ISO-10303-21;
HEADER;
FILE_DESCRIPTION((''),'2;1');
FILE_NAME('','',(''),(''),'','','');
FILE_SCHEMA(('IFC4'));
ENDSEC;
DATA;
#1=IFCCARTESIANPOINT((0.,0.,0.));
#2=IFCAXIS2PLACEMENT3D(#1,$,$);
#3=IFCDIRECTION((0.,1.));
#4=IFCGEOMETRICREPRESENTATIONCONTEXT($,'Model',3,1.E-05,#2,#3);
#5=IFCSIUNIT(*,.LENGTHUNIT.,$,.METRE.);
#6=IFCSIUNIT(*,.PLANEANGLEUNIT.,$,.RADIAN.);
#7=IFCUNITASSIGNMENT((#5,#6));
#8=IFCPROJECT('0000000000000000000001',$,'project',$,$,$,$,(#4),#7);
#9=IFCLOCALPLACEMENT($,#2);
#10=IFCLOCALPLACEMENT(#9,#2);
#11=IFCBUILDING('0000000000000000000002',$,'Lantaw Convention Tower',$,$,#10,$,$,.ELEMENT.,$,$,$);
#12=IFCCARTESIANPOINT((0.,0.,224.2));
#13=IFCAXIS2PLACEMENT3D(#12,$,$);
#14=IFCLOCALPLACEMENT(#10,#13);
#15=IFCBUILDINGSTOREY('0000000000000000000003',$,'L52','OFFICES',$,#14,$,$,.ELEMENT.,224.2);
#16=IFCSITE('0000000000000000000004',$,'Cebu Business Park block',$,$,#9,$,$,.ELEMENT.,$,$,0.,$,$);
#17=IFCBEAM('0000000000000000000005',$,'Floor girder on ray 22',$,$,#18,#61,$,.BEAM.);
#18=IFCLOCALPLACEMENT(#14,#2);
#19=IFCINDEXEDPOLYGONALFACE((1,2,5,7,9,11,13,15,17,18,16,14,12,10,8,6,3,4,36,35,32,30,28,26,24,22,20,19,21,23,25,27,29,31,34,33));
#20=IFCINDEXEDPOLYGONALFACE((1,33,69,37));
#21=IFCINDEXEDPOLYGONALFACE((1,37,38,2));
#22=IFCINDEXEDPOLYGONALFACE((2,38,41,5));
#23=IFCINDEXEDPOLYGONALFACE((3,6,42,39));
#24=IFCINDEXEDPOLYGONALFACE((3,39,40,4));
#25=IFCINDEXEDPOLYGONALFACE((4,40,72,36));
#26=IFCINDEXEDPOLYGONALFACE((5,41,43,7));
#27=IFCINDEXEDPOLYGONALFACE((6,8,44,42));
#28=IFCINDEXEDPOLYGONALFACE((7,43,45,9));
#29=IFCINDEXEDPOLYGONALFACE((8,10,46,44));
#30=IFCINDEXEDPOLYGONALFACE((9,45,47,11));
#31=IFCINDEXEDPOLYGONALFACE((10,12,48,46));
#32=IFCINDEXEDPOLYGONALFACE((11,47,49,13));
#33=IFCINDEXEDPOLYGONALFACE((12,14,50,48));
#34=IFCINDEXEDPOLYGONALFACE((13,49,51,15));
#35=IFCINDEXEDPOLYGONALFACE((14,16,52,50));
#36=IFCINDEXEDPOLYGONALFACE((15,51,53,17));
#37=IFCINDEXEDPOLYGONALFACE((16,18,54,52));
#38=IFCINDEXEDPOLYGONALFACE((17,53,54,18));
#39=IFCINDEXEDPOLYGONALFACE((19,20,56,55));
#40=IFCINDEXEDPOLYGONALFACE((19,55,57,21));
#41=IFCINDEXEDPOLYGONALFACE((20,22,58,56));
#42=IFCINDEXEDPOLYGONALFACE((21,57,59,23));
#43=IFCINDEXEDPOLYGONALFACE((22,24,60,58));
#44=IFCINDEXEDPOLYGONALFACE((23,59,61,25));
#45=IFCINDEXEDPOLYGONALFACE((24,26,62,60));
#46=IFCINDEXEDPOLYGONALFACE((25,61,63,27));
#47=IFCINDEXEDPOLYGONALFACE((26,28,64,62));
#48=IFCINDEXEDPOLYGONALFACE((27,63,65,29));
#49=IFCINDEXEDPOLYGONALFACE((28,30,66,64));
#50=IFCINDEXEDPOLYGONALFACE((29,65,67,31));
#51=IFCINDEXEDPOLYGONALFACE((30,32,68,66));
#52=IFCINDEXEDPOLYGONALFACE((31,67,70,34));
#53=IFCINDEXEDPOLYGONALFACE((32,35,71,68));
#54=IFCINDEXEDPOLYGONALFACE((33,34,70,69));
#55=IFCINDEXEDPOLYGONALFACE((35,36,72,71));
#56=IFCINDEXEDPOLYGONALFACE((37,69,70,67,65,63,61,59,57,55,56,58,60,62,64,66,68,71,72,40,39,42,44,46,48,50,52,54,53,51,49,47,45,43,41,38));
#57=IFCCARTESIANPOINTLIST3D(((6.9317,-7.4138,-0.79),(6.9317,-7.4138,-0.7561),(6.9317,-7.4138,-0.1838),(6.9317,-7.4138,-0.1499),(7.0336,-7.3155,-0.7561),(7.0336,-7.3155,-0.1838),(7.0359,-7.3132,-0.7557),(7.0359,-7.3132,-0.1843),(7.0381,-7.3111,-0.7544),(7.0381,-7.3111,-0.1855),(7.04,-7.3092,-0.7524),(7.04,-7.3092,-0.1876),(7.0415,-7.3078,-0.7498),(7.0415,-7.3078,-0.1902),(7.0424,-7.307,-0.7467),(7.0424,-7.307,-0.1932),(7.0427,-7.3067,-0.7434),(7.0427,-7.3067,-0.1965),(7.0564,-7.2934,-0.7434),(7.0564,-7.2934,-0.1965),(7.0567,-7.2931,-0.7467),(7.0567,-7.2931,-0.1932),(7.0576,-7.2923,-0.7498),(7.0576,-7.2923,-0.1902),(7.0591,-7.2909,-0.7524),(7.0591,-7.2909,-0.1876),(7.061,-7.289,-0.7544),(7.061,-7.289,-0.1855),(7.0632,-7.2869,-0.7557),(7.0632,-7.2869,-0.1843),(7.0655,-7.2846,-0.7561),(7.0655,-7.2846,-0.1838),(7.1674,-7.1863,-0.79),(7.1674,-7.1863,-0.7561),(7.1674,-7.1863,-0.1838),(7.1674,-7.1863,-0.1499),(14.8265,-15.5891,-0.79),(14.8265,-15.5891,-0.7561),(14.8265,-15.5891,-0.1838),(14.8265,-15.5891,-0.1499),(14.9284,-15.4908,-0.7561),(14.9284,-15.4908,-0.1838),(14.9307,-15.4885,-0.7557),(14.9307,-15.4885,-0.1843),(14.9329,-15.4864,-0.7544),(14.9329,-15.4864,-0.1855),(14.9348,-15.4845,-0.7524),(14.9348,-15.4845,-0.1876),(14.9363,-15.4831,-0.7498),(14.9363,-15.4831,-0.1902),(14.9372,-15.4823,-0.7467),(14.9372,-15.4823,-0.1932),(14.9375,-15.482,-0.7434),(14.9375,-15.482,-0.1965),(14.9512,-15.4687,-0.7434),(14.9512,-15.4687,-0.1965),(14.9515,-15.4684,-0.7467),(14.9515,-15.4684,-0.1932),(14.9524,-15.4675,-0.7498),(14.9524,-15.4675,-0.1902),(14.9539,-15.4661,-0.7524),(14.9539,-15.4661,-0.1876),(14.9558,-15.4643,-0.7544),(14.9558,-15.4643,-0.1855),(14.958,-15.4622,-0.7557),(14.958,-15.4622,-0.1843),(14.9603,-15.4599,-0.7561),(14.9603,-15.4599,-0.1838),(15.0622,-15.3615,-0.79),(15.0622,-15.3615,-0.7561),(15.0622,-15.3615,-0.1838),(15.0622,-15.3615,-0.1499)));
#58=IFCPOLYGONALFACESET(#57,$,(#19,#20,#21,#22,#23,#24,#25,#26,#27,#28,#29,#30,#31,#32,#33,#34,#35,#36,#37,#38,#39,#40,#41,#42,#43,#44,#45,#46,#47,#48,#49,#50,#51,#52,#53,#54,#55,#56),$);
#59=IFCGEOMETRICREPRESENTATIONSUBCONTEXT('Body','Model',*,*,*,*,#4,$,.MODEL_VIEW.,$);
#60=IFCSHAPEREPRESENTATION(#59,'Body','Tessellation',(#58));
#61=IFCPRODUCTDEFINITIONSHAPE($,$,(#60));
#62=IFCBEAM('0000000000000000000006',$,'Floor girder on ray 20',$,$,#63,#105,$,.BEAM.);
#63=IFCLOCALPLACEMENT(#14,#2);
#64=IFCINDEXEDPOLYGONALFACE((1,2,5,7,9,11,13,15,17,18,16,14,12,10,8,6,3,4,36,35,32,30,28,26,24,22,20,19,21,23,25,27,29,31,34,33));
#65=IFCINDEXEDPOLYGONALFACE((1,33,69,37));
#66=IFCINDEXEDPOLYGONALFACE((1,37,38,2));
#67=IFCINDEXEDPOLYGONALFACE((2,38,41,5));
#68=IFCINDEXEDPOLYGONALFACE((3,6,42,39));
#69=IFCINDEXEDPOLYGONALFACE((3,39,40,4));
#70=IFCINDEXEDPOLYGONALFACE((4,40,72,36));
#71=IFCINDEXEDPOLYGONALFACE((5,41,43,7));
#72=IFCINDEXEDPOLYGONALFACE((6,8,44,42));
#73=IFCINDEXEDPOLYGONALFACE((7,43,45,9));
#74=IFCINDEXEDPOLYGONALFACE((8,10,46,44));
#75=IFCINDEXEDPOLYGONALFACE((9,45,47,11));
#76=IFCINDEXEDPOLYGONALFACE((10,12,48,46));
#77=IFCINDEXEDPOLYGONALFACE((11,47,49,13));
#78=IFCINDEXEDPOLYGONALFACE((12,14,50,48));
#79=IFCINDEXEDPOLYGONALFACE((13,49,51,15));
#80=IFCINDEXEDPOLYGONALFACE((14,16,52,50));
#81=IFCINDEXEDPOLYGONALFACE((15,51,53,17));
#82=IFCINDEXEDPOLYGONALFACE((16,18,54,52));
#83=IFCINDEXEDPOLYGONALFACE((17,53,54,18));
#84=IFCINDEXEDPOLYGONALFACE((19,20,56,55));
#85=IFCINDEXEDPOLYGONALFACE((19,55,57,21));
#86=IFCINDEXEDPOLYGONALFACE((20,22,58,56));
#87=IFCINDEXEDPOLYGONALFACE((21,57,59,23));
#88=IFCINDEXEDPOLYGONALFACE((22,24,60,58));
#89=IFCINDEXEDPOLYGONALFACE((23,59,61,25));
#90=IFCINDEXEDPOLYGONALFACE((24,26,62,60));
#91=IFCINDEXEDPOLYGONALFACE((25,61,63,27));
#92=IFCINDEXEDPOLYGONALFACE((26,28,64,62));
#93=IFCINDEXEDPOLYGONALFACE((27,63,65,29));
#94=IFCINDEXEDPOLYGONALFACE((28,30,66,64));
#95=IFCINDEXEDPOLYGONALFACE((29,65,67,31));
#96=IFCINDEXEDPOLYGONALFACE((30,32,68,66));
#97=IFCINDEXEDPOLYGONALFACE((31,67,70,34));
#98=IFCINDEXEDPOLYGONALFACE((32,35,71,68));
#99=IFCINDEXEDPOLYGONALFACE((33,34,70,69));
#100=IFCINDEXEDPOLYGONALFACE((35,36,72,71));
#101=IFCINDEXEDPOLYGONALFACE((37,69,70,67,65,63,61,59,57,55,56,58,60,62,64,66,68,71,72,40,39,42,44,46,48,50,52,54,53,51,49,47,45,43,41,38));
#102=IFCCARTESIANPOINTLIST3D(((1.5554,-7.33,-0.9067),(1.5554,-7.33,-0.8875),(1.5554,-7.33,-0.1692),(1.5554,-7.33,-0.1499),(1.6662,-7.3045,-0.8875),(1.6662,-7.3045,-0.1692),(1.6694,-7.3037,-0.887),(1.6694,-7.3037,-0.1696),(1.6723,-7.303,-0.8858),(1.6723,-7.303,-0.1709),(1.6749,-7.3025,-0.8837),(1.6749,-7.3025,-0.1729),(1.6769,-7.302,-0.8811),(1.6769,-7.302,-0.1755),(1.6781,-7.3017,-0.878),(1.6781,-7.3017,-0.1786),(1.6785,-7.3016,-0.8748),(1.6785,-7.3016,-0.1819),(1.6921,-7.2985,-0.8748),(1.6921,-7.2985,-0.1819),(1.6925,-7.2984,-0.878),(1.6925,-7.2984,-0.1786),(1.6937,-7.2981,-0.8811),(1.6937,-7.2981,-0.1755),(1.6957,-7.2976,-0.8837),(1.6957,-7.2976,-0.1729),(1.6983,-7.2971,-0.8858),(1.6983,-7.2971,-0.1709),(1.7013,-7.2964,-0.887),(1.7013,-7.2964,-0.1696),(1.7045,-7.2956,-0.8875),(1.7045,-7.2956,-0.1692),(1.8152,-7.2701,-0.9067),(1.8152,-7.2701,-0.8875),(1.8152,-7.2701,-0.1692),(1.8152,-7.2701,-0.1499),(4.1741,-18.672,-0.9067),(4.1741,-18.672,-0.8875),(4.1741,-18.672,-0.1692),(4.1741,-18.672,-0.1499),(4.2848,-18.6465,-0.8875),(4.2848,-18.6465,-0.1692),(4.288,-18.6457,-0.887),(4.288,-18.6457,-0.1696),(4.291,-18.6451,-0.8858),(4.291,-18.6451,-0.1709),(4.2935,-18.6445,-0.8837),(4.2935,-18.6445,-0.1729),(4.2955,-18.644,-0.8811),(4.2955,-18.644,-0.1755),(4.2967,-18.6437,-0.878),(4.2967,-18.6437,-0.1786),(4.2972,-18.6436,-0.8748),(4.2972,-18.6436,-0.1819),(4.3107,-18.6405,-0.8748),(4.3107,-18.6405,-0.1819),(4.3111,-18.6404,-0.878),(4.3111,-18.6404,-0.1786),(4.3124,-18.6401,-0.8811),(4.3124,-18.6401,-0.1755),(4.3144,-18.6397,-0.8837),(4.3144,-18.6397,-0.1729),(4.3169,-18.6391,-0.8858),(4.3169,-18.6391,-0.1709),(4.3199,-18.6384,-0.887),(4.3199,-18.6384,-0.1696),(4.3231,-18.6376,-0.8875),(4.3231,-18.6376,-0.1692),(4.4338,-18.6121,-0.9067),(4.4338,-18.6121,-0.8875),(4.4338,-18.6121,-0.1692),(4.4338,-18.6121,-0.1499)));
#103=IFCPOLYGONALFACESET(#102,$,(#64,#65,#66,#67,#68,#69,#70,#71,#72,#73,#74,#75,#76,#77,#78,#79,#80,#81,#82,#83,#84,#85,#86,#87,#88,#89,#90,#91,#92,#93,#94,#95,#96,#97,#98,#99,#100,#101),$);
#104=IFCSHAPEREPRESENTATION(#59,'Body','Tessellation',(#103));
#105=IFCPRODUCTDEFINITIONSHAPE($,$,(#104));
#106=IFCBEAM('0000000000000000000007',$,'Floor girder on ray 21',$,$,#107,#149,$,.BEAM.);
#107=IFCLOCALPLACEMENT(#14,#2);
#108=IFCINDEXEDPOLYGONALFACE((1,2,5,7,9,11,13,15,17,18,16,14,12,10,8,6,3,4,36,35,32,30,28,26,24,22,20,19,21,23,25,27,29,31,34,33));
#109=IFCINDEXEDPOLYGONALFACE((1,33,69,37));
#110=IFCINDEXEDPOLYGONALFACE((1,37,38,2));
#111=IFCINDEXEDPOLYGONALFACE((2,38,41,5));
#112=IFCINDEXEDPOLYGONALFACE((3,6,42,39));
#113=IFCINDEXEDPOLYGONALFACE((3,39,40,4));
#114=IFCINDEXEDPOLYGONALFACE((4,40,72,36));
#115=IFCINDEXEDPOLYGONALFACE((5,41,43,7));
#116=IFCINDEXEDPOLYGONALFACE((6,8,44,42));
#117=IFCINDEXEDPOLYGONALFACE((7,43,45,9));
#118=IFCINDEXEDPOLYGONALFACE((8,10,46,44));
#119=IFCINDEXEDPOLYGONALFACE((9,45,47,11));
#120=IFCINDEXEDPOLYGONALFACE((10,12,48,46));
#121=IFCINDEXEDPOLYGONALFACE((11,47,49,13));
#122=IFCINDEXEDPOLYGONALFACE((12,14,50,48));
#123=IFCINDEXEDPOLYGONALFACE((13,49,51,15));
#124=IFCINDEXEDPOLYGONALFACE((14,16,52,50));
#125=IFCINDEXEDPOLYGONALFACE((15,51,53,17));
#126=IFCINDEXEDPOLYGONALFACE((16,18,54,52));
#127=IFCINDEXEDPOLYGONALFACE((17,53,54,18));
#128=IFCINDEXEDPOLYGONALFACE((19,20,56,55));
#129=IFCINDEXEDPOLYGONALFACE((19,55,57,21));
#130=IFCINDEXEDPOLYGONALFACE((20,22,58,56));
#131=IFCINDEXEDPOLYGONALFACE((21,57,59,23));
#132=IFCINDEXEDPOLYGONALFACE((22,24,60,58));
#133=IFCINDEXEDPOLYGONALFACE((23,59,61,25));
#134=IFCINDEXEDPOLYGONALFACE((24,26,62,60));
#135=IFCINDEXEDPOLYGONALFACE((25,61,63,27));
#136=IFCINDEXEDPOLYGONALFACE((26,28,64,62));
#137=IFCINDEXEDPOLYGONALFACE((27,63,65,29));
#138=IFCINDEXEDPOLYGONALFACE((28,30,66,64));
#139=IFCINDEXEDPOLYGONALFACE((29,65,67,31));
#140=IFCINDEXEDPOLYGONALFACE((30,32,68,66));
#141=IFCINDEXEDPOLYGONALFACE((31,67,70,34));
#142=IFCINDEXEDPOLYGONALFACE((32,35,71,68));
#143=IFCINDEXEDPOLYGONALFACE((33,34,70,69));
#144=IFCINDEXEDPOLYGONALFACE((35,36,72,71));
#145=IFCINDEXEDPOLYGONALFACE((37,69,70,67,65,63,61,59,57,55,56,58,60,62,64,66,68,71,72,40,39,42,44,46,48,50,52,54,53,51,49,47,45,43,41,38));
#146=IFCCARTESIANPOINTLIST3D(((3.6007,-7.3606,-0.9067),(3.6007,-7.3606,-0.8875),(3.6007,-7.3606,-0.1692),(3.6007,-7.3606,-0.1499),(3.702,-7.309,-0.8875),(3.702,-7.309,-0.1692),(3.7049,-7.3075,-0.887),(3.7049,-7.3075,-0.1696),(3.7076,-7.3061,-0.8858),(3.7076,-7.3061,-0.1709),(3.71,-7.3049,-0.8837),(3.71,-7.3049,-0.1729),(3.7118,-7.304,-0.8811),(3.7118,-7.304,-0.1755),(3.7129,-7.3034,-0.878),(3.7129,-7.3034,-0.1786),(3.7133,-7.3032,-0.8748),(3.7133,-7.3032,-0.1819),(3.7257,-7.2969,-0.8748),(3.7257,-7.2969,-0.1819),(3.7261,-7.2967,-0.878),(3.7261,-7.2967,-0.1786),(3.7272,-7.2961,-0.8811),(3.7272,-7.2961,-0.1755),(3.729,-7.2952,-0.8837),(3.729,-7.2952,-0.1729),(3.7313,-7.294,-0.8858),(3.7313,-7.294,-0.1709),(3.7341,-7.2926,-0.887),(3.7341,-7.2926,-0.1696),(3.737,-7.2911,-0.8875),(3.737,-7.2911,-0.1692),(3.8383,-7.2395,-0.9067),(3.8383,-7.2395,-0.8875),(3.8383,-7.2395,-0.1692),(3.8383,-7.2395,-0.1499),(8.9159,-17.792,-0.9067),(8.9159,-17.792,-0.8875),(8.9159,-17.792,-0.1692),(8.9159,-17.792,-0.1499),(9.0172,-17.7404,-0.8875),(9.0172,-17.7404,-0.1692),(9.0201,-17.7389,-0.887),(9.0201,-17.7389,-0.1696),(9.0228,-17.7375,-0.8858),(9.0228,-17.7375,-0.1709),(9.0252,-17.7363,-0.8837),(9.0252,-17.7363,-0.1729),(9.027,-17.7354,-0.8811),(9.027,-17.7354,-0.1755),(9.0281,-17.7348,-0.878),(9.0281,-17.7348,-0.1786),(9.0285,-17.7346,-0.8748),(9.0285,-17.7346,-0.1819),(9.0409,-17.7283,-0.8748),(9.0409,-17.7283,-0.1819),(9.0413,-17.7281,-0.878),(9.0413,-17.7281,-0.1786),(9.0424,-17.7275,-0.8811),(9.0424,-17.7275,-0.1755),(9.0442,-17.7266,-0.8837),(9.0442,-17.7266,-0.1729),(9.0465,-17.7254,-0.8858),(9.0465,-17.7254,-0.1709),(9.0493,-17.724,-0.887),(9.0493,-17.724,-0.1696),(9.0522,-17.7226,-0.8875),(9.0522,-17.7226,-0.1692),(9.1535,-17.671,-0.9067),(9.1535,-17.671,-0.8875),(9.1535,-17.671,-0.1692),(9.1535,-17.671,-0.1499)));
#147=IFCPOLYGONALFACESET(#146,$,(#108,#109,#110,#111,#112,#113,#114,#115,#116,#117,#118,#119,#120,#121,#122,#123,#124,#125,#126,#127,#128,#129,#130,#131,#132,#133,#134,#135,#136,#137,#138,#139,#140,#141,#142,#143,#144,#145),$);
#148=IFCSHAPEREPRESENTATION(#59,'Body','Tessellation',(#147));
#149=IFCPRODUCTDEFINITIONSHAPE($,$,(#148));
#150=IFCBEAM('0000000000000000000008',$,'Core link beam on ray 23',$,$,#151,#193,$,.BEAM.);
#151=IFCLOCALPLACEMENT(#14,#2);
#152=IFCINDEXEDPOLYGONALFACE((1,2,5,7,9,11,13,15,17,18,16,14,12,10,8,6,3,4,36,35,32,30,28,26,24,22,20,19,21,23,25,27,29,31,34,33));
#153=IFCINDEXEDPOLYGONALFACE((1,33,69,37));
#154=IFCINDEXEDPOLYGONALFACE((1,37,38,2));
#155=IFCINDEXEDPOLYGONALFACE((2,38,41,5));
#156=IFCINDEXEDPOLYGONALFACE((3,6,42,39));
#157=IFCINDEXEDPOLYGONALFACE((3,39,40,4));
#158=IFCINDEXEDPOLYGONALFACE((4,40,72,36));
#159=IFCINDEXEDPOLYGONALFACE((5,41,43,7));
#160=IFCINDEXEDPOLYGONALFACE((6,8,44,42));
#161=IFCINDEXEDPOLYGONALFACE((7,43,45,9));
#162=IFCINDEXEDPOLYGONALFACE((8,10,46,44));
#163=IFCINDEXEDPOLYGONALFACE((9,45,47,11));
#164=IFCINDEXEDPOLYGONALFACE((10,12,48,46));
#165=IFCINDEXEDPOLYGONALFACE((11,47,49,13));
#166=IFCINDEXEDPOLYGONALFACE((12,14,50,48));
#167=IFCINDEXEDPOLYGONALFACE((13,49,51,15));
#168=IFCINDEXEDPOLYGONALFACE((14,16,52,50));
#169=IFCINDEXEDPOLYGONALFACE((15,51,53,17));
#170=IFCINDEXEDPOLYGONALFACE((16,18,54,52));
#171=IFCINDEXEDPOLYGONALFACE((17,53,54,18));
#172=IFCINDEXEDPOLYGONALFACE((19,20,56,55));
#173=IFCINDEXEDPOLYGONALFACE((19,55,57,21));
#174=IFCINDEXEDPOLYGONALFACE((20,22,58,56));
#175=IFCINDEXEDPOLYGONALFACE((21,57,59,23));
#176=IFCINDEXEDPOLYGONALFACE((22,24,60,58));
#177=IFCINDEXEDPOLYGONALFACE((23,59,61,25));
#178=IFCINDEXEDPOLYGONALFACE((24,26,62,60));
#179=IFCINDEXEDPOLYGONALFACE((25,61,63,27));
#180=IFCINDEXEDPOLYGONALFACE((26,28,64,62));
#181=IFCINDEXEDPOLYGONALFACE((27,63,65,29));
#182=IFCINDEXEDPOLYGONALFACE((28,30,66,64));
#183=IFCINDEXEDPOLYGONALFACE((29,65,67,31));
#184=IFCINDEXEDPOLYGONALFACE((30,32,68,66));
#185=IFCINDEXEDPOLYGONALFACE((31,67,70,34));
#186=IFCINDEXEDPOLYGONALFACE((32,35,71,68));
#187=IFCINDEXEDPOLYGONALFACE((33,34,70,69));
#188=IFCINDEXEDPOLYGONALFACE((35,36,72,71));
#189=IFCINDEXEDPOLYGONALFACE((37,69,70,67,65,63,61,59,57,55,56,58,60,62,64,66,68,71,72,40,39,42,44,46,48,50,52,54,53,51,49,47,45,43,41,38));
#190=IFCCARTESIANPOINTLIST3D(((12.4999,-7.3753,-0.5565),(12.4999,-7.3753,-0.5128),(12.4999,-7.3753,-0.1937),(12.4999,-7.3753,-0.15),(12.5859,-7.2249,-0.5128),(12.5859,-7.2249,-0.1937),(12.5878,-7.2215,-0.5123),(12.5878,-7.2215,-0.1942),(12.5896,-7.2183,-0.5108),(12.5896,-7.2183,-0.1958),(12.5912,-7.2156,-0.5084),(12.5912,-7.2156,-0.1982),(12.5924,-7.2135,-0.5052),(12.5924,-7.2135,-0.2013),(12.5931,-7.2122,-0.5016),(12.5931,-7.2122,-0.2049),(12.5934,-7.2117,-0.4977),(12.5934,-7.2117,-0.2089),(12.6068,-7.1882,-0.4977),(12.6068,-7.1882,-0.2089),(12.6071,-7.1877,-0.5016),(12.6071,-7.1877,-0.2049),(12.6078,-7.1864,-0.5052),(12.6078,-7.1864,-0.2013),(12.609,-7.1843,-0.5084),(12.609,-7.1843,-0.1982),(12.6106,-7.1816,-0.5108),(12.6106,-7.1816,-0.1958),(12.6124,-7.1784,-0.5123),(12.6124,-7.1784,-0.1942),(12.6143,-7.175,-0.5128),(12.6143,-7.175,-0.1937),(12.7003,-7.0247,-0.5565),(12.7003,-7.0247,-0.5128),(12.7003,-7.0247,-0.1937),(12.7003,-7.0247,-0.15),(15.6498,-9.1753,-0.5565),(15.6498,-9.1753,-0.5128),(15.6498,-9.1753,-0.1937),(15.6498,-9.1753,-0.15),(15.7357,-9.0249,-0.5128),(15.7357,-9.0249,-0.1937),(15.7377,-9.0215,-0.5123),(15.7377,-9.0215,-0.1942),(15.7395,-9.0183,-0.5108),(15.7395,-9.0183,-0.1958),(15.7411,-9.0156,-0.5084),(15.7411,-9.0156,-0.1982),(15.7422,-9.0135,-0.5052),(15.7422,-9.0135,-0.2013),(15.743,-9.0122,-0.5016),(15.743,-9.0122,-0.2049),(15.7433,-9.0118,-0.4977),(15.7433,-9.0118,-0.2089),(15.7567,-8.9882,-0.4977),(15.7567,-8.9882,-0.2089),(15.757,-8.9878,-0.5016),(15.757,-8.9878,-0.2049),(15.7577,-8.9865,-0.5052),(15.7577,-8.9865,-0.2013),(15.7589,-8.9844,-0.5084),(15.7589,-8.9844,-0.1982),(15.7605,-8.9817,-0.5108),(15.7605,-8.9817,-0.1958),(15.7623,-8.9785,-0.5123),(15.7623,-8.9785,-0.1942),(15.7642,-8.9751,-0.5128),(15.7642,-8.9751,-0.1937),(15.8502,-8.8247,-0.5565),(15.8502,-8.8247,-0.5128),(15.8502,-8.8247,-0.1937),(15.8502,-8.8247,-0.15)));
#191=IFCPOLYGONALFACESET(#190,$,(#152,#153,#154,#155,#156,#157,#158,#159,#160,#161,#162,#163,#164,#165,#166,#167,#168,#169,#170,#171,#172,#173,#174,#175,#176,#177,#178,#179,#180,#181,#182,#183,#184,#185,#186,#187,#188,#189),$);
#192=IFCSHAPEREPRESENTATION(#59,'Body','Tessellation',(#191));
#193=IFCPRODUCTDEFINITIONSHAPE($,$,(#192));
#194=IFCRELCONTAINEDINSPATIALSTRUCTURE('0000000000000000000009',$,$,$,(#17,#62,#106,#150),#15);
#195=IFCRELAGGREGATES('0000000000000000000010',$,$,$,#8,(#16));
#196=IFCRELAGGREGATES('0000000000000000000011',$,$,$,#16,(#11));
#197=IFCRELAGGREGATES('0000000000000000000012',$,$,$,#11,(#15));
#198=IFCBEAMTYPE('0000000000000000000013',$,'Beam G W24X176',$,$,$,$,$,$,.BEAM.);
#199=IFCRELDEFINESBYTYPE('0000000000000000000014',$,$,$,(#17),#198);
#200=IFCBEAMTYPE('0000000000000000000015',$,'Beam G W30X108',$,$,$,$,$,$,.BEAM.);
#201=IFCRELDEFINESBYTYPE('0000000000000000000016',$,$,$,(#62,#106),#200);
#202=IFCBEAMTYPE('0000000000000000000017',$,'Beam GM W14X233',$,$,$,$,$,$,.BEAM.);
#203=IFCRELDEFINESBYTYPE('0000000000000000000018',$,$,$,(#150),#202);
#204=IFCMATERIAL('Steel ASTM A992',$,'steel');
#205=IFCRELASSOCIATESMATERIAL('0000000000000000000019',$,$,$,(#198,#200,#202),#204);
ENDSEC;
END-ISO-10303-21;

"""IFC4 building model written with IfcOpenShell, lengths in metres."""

from ifc_helpers import new_model, si_unit, direction, frame, origin, origin_2d, place, context, subcontext, project, spatial, i_section, extrude, material, material_profile, profile_set, type_object, element, save


model = new_model("IFC4")

# Units and contexts
model_context = context("Model", 3, precision=1e-05, world=origin(), true_north=direction((0.0, 1.0)))
body_context = subcontext(model_context, "Body", "Model", "MODEL_VIEW")
ifc_project = project(units=[si_unit("LENGTHUNIT", "METRE"), si_unit("PLANEANGLEUNIT", "RADIAN")], contexts=[model_context])

# Site, building, storey
site_placement = place(None, origin())
site = spatial("IfcSite", under=ifc_project, at=site_placement, Name="Cebu Business Park block", CompositionType="ELEMENT", RefElevation=0.0)
building_placement = place(site_placement, origin())
building = spatial("IfcBuilding", under=site, at=building_placement, Name="Lantaw Convention Tower", CompositionType="ELEMENT")
storey_placement = place(building_placement, frame((0.0, 0.0, 224.2)))
storey = spatial("IfcBuildingStorey", under=building, at=storey_placement, Name="L52", Description="OFFICES", CompositionType="ELEMENT", Elevation=224.2)

# Beams
ifc_material_1 = material(Name="Steel ASTM A992", Category="steel")
ifc_material_profile_1 = material_profile(ifc_material_1, i_section(OverallWidth=0.3276, OverallDepth=0.6401, WebThickness=0.019, FlangeThickness=0.0339, FilletRadius=0.0127, at=origin_2d()), Name="W24X176")
ifc_profile_set_1 = profile_set([ifc_material_profile_1], Name="Steel ASTM A992")
beam_type_1 = type_object("IfcBeamType", Name="Beam G W24X176", PredefinedType="BEAM", material=ifc_profile_set_1)
beam_1_placement = place(storey_placement, frame((7.0496, -7.3, -0.47), z_axis=(0.694658, -0.71934, 0.0), x_axis=(0.71934, 0.694658, 0.0)))
element("IfcBeam", 1, at=beam_1_placement, inside=storey, type_object=beam_type_1, Name="Floor girder on ray 22", PredefinedType="BEAM", context=body_context, shape_type="SweptSolid", body=[
    extrude(i_section(OverallWidth=0.3276, OverallDepth=0.6401, WebThickness=0.019, FlangeThickness=0.0339, FilletRadius=0.0127, at=origin_2d()), origin(), (0.0, 0.0, 1.0), 11.365),
])
ifc_material_profile_2 = material_profile(ifc_material_1, i_section(OverallWidth=0.2666, OverallDepth=0.7568, WebThickness=0.0139, FlangeThickness=0.0193, FilletRadius=0.0127, at=origin_2d()), Name="W30X108")
ifc_profile_set_2 = profile_set([ifc_material_profile_2], Name="Steel ASTM A992")
beam_type_2 = type_object("IfcBeamType", Name="Beam G W30X108", PredefinedType="BEAM", material=ifc_profile_set_2)
beam_2_placement = place(storey_placement, frame((1.6853, -7.3, -0.5283), z_axis=(0.224962, -0.974368, 0.0), x_axis=(0.974368, 0.224962, 0.0)))
element("IfcBeam", 2, at=beam_2_placement, inside=storey, type_object=beam_type_2, Name="Floor girder on ray 20", PredefinedType="BEAM", context=body_context, shape_type="SweptSolid", body=[
    extrude(i_section(OverallWidth=0.2666, OverallDepth=0.7568, WebThickness=0.0139, FlangeThickness=0.0193, FilletRadius=0.0127, at=origin_2d()), origin(), (0.0, 0.0, 1.0), 11.6404),
])
beam_3_placement = place(storey_placement, frame((3.7195, -7.3, -0.5283), z_axis=(0.453999, -0.891002, 0.0), x_axis=(0.891002, 0.453999, 0.0)))
element("IfcBeam", 3, at=beam_3_placement, inside=storey, type_object=beam_type_2, Name="Floor girder on ray 21", PredefinedType="BEAM", context=body_context, shape_type="SweptSolid", body=[
    extrude(i_section(OverallWidth=0.2666, OverallDepth=0.7568, WebThickness=0.0139, FlangeThickness=0.0193, FilletRadius=0.0127, at=origin_2d()), origin(), (0.0, 0.0, 1.0), 11.7075),
])
ifc_material_profile_3 = material_profile(ifc_material_1, i_section(OverallWidth=0.4038, OverallDepth=0.4065, WebThickness=0.0271, FlangeThickness=0.0437, FilletRadius=0.0151, at=origin_2d()), Name="W14X233")
ifc_profile_set_3 = profile_set([ifc_material_profile_3], Name="Steel ASTM A992")
beam_type_3 = type_object("IfcBeamType", Name="Beam GM W14X233", PredefinedType="BEAM", material=ifc_profile_set_3)
beam_4_placement = place(storey_placement, frame((12.6001, -7.2, -0.3533), z_axis=(0.868231, -0.496161, 0.0), x_axis=(0.496161, 0.868231, 0.0)))
element("IfcBeam", 4, at=beam_4_placement, inside=storey, type_object=beam_type_3, Name="Core link beam on ray 23", PredefinedType="BEAM", context=body_context, shape_type="SweptSolid", body=[
    extrude(i_section(OverallWidth=0.4038, OverallDepth=0.4065, WebThickness=0.0271, FlangeThickness=0.0437, FilletRadius=0.0151, at=origin_2d()), origin(), (0.0, 0.0, 1.0), 3.6279),
])

save(model, "model.ifc")
